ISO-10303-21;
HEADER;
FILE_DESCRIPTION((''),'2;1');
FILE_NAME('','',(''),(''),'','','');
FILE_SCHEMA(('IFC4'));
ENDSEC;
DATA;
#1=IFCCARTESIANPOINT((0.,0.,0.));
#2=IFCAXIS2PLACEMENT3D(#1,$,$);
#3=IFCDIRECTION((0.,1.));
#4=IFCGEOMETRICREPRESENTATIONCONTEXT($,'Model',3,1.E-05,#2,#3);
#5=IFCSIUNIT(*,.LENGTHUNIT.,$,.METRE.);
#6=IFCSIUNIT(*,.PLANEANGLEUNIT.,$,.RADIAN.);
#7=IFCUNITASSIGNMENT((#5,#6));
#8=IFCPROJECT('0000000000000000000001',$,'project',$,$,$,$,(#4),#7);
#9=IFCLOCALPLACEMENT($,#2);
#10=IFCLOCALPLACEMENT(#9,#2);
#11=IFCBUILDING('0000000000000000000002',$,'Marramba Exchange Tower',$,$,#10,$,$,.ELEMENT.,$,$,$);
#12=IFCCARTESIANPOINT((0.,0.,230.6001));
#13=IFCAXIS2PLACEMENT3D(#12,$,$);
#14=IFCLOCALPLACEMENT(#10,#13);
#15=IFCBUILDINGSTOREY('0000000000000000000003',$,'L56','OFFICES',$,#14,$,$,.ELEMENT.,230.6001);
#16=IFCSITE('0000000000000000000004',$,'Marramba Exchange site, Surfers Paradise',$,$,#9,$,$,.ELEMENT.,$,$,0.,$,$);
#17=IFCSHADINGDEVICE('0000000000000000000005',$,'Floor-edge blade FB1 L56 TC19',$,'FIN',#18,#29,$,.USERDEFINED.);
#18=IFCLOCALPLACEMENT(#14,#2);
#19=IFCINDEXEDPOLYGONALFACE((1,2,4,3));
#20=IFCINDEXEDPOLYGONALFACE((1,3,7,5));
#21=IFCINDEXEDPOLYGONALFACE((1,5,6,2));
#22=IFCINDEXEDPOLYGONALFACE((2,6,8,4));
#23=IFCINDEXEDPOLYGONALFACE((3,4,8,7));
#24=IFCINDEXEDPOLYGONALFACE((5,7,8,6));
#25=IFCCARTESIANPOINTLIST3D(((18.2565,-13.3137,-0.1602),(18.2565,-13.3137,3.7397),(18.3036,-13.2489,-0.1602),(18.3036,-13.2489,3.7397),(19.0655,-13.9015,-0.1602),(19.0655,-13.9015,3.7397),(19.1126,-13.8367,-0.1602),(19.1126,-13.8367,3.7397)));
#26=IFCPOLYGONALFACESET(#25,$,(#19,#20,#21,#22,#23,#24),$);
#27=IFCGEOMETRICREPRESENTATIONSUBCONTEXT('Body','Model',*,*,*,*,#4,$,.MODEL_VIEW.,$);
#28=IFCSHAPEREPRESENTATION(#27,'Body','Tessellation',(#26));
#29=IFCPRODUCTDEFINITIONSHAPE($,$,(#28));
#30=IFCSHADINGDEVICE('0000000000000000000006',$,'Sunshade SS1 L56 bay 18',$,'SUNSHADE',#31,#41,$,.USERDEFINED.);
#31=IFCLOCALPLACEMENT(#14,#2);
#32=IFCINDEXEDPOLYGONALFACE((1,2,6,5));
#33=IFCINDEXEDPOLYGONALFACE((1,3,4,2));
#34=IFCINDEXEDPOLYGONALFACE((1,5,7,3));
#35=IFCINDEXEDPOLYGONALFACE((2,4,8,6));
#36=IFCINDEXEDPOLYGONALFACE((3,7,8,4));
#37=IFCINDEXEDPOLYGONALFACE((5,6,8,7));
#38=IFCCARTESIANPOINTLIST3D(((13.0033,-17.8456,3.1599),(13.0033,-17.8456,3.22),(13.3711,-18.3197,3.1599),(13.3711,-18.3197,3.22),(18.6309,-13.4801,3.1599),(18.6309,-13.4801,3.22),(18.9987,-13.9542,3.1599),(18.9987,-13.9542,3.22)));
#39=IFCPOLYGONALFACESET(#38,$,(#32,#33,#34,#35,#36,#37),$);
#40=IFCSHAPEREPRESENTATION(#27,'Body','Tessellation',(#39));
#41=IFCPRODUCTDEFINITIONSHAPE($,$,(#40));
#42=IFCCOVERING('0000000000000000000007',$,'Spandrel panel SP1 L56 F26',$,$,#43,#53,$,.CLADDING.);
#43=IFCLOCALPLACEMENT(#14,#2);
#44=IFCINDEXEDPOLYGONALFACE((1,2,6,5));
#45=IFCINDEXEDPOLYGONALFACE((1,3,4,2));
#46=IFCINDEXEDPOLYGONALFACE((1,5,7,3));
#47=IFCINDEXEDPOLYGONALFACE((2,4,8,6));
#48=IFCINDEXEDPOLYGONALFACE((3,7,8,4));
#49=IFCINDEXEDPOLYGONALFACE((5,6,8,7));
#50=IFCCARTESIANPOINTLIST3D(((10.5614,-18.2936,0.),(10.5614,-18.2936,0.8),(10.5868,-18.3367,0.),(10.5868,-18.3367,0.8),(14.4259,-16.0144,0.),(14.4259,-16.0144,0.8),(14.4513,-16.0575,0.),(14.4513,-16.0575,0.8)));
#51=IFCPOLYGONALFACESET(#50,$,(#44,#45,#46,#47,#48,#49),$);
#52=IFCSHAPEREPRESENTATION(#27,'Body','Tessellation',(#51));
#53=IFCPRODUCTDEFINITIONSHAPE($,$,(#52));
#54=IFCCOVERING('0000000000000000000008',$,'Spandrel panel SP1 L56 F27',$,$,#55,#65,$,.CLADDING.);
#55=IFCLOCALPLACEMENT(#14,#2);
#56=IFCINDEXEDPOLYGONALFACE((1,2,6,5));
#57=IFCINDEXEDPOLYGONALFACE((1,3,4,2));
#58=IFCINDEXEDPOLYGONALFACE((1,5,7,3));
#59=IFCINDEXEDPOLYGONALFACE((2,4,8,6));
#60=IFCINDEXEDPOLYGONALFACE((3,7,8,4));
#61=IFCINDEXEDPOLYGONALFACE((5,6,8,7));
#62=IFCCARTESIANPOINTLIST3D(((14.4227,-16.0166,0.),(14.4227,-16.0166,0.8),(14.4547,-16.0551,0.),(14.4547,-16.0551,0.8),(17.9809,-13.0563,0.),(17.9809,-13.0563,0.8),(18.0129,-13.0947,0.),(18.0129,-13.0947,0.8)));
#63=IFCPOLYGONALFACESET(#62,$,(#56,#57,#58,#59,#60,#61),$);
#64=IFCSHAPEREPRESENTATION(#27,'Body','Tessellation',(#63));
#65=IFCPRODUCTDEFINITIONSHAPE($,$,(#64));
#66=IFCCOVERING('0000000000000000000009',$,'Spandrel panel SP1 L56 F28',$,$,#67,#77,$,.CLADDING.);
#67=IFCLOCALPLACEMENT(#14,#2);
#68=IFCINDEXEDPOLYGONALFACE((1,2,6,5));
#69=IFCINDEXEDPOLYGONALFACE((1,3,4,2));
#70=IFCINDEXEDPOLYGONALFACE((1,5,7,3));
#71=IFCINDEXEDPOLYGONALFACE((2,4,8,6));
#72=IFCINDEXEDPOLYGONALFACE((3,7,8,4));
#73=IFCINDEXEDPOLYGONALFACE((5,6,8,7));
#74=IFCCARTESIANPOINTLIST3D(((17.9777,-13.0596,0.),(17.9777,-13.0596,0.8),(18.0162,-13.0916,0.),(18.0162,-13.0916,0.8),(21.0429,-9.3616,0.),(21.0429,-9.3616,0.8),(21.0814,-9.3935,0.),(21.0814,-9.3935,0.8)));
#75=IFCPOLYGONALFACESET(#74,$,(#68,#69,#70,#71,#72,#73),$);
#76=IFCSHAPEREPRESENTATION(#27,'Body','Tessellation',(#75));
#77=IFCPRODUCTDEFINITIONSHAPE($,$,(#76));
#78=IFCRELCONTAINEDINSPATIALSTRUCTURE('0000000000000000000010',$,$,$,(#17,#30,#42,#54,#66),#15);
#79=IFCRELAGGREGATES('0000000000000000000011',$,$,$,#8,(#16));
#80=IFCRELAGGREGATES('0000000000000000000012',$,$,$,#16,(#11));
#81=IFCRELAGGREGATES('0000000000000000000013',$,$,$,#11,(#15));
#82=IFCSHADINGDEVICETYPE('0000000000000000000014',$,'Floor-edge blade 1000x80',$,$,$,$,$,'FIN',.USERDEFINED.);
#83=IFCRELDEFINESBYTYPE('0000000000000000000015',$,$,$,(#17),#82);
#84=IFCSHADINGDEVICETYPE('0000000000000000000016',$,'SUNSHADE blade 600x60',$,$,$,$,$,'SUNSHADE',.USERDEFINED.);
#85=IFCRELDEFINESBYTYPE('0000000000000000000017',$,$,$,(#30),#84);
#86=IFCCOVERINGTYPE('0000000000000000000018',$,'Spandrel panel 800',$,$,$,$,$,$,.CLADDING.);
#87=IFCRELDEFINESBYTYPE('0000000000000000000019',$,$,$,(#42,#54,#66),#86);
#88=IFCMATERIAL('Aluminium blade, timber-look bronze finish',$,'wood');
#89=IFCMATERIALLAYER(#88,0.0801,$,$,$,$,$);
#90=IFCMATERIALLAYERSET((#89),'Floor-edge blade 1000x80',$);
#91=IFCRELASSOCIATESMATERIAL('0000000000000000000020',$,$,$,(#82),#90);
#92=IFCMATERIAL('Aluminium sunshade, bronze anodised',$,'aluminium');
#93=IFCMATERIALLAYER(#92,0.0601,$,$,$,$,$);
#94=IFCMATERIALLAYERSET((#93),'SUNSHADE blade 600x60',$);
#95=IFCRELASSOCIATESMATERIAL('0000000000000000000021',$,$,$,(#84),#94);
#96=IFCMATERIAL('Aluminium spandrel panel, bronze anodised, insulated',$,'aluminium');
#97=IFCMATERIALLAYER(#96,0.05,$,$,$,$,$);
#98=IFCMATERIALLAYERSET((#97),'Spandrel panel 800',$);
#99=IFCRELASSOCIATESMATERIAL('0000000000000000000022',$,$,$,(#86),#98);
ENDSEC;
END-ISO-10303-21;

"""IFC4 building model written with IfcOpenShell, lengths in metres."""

from ifc_helpers import new_model, si_unit, direction, frame, origin, origin_2d, place, context, subcontext, project, spatial, rectangle, extrude, material, layer, layer_set, type_object, element, save


model = new_model("IFC4")

# Units and contexts
model_context = context("Model", 3, precision=1e-05, world=origin(), true_north=direction((0.0, 1.0)))
body_context = subcontext(model_context, "Body", "Model", "MODEL_VIEW")
ifc_project = project(units=[si_unit("LENGTHUNIT", "METRE"), si_unit("PLANEANGLEUNIT", "RADIAN")], contexts=[model_context])

# Site, building, storey
site_placement = place(None, origin())
site = spatial("IfcSite", under=ifc_project, at=site_placement, Name="Marramba Exchange site, Surfers Paradise", CompositionType="ELEMENT", RefElevation=0.0)
building_placement = place(site_placement, origin())
building = spatial("IfcBuilding", under=site, at=building_placement, Name="Marramba Exchange Tower", CompositionType="ELEMENT")
storey_placement = place(building_placement, frame((0.0, 0.0, 230.6001)))
storey = spatial("IfcBuildingStorey", under=building, at=storey_placement, Name="L56", Description="OFFICES", CompositionType="ELEMENT", Elevation=230.6001)

# Shading devices
ifc_material_1 = material(Name="Aluminium blade, timber-look bronze finish", Category="wood")
ifc_layer_1 = layer(ifc_material_1, 0.0801)
ifc_layer_set_1 = layer_set([ifc_layer_1], Name="Floor-edge blade 1000x80")
shading_device_type_1 = type_object("IfcShadingDeviceType", Name="Floor-edge blade 1000x80", ElementType="FIN", PredefinedType="USERDEFINED", material=ifc_layer_set_1)
for number, where, z_axis, x_axis, name in (
    (1, (18.6846, -13.5752, -0.1602), (0.0, 0.0, 1.0), (0.809017, -0.587785, 0.0), "Floor-edge blade FB1 L56 TC19"),
):
    element("IfcShadingDevice", number, at=place(storey_placement, frame(where, z_axis=z_axis, x_axis=x_axis)), inside=storey, type_object=shading_device_type_1, Name=name, ObjectType="FIN", PredefinedType="USERDEFINED", context=body_context, shape_type="SweptSolid", body=[
        extrude(rectangle(XDim=1.0, YDim=0.0801, at=origin_2d()), origin(), (0.0, 0.0, 1.0), 3.8999),
    ])
ifc_material_2 = material(Name="Aluminium sunshade, bronze anodised", Category="aluminium")
ifc_layer_2 = layer(ifc_material_2, 0.0601)
ifc_layer_set_2 = layer_set([ifc_layer_2], Name="SUNSHADE blade 600x60")
shading_device_type_2 = type_object("IfcShadingDeviceType", Name="SUNSHADE blade 600x60", ElementType="SUNSHADE", PredefinedType="USERDEFINED", material=ifc_layer_set_2)
shading_device_placement = place(storey_placement, frame((16.001, -15.8999, 3.1599), z_axis=(0.0, 0.0, 1.0), x_axis=(0.790133, 0.612935, 0.0)))
element("IfcShadingDevice", 2, at=shading_device_placement, inside=storey, type_object=shading_device_type_2, Name="Sunshade SS1 L56 bay 18", ObjectType="SUNSHADE", PredefinedType="USERDEFINED", context=body_context, shape_type="SweptSolid", body=[
    extrude(rectangle(XDim=7.1223, YDim=0.6001, at=origin_2d()), origin(), (0.0, 0.0, 1.0), 0.0601),
])

# Coverings
ifc_material_3 = material(Name="Aluminium spandrel panel, bronze anodised, insulated", Category="aluminium")
ifc_layer_3 = layer(ifc_material_3, 0.05)
ifc_layer_set_3 = layer_set([ifc_layer_3], Name="Spandrel panel 800")
covering_type = type_object("IfcCoveringType", Name="Spandrel panel 800", PredefinedType="CLADDING", material=ifc_layer_set_3)
covering_1_placement = place(storey_placement, frame((12.5063, -17.1755, 0.0), z_axis=(0.0, 0.0, 1.0), x_axis=(0.861351, 0.508011, 0.0)))
element("IfcCovering", 3, at=covering_1_placement, inside=storey, type_object=covering_type, Name="Spandrel panel SP1 L56 F26", PredefinedType="CLADDING", context=body_context, shape_type="SweptSolid", body=[
    extrude(rectangle(XDim=4.4866, YDim=0.05, at=origin_2d()), origin(), (0.0, 0.0, 1.0), 0.8),
])
covering_2_placement = place(storey_placement, frame((16.2178, -14.5557, 0.0), z_axis=(0.0, 0.0, 1.0), x_axis=(0.768737, 0.639565, 0.0)))
element("IfcCovering", 4, at=covering_2_placement, inside=storey, type_object=covering_type, Name="Spandrel panel SP1 L56 F27", PredefinedType="CLADDING", context=body_context, shape_type="SweptSolid", body=[
    extrude(rectangle(XDim=4.6287, YDim=0.05, at=origin_2d()), origin(), (0.0, 0.0, 1.0), 0.8),
])
covering_3_placement = place(storey_placement, frame((19.5295, -11.2266, 0.0), z_axis=(0.0, 0.0, 1.0), x_axis=(0.63815, 0.769912, 0.0)))
element("IfcCovering", 5, at=covering_3_placement, inside=storey, type_object=covering_type, Name="Spandrel panel SP1 L56 F28", PredefinedType="CLADDING", context=body_context, shape_type="SweptSolid", body=[
    extrude(rectangle(XDim=4.8032, YDim=0.05, at=origin_2d()), origin(), (0.0, 0.0, 1.0), 0.8),
])

save(model, "model.ifc")
